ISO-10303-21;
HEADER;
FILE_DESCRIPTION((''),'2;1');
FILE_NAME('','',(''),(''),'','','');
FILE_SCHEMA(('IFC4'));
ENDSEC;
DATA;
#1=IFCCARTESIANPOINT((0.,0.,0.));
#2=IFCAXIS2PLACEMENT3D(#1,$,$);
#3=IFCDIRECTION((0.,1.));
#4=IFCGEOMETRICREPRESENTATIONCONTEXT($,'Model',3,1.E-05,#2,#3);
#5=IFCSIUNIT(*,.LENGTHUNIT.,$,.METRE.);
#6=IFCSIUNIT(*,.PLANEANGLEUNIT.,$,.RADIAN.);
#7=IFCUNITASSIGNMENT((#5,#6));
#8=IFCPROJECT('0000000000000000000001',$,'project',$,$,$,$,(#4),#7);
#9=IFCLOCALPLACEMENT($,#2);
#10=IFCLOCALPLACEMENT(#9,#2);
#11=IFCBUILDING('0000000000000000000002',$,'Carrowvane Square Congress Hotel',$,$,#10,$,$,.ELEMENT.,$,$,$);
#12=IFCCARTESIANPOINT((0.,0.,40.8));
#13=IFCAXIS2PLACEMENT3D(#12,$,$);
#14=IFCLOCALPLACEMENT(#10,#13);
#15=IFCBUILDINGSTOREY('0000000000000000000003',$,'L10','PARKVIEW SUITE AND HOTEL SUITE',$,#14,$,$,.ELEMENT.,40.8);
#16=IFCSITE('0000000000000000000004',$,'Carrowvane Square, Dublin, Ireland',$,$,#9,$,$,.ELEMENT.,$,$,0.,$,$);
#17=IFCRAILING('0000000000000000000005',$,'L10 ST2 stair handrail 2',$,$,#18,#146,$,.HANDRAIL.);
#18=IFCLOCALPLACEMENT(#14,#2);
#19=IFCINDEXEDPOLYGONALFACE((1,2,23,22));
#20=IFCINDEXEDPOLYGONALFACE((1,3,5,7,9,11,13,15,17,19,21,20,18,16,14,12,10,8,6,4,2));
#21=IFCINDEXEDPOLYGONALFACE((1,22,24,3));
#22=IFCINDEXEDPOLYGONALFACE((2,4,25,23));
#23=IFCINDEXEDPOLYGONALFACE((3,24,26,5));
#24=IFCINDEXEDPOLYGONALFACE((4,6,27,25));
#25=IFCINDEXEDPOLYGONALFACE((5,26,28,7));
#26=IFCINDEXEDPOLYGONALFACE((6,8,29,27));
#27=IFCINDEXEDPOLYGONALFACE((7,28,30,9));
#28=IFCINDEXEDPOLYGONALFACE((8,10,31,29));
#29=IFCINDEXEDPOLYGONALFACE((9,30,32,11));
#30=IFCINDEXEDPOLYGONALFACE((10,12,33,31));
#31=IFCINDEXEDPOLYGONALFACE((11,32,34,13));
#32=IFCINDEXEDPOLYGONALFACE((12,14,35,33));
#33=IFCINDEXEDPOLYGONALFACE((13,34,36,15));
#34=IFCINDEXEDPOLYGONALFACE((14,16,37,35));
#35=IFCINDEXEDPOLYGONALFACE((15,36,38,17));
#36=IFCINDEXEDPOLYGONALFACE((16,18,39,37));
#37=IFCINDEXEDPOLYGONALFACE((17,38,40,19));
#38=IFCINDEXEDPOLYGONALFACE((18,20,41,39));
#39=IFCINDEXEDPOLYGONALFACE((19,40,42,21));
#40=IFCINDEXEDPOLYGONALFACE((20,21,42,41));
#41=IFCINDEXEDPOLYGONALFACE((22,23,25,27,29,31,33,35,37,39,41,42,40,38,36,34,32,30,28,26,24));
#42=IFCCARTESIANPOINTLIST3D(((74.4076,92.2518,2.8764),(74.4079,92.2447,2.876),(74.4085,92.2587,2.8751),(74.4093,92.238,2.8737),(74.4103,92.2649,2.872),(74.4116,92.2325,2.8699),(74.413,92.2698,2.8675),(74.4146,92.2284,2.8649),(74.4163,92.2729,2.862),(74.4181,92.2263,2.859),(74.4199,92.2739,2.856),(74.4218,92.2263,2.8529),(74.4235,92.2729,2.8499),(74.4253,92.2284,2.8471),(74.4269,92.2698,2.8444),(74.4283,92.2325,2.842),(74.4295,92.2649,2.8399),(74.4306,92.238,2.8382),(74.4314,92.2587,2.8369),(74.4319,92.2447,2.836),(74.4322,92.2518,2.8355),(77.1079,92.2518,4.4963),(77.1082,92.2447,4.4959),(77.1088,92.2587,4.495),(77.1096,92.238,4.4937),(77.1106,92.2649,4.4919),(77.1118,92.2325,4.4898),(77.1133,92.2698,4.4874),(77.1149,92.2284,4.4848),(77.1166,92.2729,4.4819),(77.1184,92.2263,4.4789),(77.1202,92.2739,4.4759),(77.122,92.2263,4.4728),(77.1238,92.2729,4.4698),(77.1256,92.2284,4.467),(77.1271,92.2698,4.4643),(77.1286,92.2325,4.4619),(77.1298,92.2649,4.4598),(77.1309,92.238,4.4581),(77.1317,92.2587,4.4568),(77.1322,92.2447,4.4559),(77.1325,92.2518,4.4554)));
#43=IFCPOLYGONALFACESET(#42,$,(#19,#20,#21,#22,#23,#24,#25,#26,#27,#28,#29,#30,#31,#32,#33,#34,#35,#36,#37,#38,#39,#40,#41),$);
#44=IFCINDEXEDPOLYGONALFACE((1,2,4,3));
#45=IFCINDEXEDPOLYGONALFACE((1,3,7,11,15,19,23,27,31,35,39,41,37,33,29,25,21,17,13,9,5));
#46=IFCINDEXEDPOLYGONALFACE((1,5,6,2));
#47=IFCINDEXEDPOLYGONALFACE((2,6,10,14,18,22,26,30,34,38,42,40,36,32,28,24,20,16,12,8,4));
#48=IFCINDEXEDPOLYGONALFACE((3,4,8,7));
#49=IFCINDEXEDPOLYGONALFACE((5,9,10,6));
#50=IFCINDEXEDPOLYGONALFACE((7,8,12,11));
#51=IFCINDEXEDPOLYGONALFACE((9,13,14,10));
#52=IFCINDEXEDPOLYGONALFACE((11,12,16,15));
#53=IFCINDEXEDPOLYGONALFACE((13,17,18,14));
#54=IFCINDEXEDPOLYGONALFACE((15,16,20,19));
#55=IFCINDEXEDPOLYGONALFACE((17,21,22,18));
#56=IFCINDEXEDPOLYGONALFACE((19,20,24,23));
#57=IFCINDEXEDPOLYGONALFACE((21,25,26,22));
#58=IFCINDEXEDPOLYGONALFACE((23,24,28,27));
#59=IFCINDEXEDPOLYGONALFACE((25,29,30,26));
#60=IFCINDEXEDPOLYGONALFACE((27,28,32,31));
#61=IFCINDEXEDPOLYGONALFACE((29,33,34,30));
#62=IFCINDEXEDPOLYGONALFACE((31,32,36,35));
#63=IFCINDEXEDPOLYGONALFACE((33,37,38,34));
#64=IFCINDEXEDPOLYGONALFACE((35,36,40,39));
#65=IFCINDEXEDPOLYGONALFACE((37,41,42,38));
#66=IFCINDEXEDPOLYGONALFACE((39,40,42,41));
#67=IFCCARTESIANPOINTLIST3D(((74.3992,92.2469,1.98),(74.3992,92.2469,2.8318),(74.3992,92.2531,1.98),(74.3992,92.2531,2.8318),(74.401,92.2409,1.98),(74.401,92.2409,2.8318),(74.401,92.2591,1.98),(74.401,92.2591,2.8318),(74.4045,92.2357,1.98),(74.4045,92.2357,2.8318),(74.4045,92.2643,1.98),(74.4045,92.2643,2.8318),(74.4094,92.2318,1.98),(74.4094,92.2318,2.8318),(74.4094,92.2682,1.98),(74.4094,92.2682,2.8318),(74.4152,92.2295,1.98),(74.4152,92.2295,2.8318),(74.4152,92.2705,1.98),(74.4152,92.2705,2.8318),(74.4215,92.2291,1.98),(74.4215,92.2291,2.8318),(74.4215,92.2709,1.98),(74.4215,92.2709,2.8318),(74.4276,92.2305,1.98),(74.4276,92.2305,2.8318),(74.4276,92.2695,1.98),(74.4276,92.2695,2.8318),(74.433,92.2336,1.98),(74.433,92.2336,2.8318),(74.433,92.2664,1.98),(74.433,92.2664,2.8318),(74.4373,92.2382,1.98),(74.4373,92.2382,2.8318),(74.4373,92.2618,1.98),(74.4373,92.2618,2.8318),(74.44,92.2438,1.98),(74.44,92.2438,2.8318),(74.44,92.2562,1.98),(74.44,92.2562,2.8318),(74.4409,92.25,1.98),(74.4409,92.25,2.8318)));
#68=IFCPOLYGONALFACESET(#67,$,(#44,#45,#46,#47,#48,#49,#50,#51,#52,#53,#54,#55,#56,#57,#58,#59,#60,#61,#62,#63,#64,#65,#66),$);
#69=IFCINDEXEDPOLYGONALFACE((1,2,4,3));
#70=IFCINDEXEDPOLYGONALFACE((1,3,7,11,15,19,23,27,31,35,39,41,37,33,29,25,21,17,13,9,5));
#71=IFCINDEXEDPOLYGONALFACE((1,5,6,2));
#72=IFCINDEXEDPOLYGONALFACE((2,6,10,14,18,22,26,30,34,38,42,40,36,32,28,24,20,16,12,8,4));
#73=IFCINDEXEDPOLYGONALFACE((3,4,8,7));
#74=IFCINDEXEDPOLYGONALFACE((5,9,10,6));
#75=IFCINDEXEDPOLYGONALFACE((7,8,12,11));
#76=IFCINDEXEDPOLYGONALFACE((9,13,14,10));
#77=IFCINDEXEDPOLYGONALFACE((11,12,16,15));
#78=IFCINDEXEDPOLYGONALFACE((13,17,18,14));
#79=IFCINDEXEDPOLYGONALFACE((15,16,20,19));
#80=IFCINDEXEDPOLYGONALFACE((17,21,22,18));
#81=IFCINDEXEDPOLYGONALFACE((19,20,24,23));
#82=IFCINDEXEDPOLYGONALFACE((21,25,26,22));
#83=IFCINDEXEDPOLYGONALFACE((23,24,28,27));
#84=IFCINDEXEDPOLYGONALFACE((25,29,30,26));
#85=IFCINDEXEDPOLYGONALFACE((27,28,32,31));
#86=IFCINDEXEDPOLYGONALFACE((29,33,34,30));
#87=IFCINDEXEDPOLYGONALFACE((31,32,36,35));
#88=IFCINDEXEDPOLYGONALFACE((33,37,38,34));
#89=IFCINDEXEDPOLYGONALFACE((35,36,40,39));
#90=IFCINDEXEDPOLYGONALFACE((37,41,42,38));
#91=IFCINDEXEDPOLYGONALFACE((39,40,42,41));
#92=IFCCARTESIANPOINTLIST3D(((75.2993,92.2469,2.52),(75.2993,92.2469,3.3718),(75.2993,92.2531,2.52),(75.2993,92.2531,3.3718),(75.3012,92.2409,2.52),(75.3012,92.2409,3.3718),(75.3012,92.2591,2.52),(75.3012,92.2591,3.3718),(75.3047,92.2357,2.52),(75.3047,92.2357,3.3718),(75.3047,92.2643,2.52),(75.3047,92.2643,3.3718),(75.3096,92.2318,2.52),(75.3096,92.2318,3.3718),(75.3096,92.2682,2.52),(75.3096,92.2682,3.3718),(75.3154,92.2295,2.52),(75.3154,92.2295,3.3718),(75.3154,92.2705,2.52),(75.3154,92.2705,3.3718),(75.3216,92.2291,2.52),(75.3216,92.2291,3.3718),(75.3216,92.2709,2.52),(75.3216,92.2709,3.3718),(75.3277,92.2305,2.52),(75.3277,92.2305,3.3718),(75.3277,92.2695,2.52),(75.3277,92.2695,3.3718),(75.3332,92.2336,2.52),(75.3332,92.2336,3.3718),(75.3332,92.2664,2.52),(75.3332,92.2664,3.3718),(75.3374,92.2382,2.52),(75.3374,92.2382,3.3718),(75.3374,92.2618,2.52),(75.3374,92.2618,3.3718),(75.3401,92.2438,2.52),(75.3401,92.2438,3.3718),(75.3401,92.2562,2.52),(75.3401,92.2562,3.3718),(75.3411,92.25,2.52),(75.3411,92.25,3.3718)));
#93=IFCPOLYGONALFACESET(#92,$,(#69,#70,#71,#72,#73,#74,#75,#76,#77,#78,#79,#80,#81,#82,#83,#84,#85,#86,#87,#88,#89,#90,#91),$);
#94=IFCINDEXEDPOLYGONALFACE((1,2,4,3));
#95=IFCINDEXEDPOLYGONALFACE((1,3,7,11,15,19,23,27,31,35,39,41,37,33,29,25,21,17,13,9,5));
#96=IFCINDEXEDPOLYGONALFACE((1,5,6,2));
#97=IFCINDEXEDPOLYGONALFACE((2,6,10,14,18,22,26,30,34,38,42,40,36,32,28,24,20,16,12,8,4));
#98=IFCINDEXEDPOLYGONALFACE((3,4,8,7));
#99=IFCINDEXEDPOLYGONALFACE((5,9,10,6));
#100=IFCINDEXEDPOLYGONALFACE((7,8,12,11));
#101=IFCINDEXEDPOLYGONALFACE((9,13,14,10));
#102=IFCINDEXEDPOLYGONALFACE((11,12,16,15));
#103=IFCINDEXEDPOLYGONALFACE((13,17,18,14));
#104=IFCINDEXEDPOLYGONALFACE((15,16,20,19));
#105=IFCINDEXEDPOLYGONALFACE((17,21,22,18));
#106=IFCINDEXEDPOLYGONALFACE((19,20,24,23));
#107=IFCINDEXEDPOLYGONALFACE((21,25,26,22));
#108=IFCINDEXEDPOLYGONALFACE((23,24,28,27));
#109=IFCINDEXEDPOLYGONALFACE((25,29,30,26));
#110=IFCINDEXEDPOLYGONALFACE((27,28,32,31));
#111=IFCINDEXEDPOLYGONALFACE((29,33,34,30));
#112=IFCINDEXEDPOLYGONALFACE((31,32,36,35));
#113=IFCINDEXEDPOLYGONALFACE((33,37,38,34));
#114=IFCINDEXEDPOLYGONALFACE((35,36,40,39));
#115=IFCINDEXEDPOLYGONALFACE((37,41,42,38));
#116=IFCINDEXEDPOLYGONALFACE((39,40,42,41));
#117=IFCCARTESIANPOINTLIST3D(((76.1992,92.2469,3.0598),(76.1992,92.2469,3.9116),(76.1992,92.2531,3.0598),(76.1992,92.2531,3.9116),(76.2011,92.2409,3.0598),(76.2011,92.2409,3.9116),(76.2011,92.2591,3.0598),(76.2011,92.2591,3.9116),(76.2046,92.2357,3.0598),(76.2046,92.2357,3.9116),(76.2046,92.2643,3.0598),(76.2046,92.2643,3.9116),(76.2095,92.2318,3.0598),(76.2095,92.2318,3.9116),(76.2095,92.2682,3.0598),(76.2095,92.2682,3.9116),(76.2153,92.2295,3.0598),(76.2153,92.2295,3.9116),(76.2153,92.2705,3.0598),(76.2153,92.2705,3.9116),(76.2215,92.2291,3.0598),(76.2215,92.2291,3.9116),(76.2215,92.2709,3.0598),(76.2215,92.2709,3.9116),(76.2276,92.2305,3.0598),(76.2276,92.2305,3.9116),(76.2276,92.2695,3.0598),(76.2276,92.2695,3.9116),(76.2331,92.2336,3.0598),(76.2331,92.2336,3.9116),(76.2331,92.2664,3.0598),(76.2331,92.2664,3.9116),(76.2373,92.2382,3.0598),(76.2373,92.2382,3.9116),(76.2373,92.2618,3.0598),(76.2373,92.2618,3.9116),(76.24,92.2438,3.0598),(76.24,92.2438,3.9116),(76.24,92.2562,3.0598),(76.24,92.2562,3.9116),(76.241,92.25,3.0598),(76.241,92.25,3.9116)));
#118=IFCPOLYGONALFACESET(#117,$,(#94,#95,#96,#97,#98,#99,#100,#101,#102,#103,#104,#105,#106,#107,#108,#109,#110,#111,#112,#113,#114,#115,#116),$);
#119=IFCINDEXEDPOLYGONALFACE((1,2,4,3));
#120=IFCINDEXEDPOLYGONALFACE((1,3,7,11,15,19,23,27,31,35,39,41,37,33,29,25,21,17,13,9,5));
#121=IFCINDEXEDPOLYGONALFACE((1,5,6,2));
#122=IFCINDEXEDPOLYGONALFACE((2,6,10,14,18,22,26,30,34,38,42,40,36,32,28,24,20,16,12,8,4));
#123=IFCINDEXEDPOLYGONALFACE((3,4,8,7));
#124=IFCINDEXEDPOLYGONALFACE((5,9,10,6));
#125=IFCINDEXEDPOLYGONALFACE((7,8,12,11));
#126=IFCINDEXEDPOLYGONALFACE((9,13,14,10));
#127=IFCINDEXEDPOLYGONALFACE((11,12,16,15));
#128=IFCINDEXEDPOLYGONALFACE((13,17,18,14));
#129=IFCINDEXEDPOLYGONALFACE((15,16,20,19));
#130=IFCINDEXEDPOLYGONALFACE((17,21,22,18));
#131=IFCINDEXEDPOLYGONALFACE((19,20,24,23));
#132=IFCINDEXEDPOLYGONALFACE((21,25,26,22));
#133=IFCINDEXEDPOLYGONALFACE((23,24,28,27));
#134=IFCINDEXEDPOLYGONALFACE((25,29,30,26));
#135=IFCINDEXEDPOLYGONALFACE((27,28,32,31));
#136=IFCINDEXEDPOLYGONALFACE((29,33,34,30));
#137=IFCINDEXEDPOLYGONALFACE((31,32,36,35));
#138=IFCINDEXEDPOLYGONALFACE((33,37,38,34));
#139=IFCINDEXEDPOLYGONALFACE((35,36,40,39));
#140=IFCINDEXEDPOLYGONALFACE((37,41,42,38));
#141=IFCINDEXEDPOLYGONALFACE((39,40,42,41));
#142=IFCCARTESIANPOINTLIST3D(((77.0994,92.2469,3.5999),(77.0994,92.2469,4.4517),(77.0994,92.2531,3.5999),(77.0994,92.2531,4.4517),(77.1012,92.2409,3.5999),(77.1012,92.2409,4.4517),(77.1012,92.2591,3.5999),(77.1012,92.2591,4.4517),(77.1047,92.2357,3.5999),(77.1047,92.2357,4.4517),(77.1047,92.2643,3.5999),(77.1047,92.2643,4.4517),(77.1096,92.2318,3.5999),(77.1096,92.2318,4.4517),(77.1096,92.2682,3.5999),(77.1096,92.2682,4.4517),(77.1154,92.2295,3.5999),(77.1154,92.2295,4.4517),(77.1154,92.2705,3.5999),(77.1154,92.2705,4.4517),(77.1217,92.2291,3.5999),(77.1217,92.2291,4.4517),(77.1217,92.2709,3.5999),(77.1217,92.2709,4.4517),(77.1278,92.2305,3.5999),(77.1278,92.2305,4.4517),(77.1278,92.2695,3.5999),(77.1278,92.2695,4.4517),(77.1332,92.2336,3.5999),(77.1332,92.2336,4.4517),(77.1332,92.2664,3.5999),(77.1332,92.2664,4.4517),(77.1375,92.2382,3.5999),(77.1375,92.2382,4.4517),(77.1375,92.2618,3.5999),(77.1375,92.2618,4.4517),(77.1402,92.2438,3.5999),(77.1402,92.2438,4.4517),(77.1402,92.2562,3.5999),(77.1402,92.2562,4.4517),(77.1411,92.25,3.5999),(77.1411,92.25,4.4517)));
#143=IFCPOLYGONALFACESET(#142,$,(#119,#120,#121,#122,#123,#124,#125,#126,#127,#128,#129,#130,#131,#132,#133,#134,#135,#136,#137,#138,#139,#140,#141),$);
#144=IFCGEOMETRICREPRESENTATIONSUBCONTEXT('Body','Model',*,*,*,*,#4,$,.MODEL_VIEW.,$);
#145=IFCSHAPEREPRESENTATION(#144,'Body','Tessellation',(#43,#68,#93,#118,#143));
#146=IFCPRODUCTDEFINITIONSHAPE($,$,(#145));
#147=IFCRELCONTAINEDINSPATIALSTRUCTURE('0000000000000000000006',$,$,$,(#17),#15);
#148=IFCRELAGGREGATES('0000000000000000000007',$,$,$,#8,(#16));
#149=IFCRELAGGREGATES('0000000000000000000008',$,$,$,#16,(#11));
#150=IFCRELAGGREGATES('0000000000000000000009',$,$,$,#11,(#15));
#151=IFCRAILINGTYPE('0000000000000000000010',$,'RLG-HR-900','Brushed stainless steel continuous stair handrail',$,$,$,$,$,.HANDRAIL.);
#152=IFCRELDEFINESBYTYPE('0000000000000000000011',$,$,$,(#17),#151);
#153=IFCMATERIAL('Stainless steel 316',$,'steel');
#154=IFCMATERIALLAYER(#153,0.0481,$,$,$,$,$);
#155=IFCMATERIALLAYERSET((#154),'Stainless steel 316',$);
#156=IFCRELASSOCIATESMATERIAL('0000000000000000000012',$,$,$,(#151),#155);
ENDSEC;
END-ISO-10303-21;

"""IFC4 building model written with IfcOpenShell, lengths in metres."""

from ifc_helpers import new_model, si_unit, direction, frame, origin, origin_2d, place, context, subcontext, project, spatial, circle, extrude, material, layer, layer_set, type_object, element, save


model = new_model("IFC4")

# Units and contexts
model_context = context("Model", 3, precision=1e-05, world=origin(), true_north=direction((0.0, 1.0)))
body_context = subcontext(model_context, "Body", "Model", "MODEL_VIEW")
ifc_project = project(units=[si_unit("LENGTHUNIT", "METRE"), si_unit("PLANEANGLEUNIT", "RADIAN")], contexts=[model_context])

# Site, building, storey
site_placement = place(None, origin())
site = spatial("IfcSite", under=ifc_project, at=site_placement, Name="Carrowvane Square, Dublin, Ireland", CompositionType="ELEMENT", RefElevation=0.0)
building_placement = place(site_placement, origin())
building = spatial("IfcBuilding", under=site, at=building_placement, Name="Carrowvane Square Congress Hotel", CompositionType="ELEMENT")
storey_placement = place(building_placement, frame((0.0, 0.0, 40.8)))
storey = spatial("IfcBuildingStorey", under=building, at=storey_placement, Name="L10", Description="PARKVIEW SUITE AND HOTEL SUITE", CompositionType="ELEMENT", Elevation=40.8)

# Railing
ifc_material_1 = material(Name="Stainless steel 316", Category="steel")
ifc_layer_1 = layer(ifc_material_1, 0.0481)
ifc_layer_set_1 = layer_set([ifc_layer_1], Name="Stainless steel 316")
railing_type_1 = type_object("IfcRailingType", Name="RLG-HR-900", Description="Brushed stainless steel continuous stair handrail", PredefinedType="HANDRAIL", material=ifc_layer_set_1)
railing_1_placement = place(storey_placement, frame((74.4199, 92.25, 1.98)))
element("IfcRailing", 1, at=railing_1_placement, inside=storey, type_object=railing_type_1, Name="L10 ST2 stair handrail 2", PredefinedType="HANDRAIL", context=body_context, shape_type="SweptSolid", body=[
    extrude(circle(Radius=0.0239, at=origin_2d()), frame((0.0, 0.0, 0.876), z_axis=(0.857527, 0.0, 0.514439), x_axis=(0.0, 1.0, 0.0)), (0.0, 0.0, 1.0), 3.1489),
    extrude(circle(Radius=0.021, at=origin_2d()), origin(), (0.0, 0.0, 1.0), 0.8518),
    extrude(circle(Radius=0.021, at=origin_2d()), frame((0.9001, 0.0, 0.54)), (0.0, 0.0, 1.0), 0.8518),
    extrude(circle(Radius=0.021, at=origin_2d()), frame((1.8, 0.0, 1.0798)), (0.0, 0.0, 1.0), 0.8518),
    extrude(circle(Radius=0.021, at=origin_2d()), frame((2.7002, 0.0, 1.6199)), (0.0, 0.0, 1.0), 0.8518),
])

save(model, "model.ifc")
